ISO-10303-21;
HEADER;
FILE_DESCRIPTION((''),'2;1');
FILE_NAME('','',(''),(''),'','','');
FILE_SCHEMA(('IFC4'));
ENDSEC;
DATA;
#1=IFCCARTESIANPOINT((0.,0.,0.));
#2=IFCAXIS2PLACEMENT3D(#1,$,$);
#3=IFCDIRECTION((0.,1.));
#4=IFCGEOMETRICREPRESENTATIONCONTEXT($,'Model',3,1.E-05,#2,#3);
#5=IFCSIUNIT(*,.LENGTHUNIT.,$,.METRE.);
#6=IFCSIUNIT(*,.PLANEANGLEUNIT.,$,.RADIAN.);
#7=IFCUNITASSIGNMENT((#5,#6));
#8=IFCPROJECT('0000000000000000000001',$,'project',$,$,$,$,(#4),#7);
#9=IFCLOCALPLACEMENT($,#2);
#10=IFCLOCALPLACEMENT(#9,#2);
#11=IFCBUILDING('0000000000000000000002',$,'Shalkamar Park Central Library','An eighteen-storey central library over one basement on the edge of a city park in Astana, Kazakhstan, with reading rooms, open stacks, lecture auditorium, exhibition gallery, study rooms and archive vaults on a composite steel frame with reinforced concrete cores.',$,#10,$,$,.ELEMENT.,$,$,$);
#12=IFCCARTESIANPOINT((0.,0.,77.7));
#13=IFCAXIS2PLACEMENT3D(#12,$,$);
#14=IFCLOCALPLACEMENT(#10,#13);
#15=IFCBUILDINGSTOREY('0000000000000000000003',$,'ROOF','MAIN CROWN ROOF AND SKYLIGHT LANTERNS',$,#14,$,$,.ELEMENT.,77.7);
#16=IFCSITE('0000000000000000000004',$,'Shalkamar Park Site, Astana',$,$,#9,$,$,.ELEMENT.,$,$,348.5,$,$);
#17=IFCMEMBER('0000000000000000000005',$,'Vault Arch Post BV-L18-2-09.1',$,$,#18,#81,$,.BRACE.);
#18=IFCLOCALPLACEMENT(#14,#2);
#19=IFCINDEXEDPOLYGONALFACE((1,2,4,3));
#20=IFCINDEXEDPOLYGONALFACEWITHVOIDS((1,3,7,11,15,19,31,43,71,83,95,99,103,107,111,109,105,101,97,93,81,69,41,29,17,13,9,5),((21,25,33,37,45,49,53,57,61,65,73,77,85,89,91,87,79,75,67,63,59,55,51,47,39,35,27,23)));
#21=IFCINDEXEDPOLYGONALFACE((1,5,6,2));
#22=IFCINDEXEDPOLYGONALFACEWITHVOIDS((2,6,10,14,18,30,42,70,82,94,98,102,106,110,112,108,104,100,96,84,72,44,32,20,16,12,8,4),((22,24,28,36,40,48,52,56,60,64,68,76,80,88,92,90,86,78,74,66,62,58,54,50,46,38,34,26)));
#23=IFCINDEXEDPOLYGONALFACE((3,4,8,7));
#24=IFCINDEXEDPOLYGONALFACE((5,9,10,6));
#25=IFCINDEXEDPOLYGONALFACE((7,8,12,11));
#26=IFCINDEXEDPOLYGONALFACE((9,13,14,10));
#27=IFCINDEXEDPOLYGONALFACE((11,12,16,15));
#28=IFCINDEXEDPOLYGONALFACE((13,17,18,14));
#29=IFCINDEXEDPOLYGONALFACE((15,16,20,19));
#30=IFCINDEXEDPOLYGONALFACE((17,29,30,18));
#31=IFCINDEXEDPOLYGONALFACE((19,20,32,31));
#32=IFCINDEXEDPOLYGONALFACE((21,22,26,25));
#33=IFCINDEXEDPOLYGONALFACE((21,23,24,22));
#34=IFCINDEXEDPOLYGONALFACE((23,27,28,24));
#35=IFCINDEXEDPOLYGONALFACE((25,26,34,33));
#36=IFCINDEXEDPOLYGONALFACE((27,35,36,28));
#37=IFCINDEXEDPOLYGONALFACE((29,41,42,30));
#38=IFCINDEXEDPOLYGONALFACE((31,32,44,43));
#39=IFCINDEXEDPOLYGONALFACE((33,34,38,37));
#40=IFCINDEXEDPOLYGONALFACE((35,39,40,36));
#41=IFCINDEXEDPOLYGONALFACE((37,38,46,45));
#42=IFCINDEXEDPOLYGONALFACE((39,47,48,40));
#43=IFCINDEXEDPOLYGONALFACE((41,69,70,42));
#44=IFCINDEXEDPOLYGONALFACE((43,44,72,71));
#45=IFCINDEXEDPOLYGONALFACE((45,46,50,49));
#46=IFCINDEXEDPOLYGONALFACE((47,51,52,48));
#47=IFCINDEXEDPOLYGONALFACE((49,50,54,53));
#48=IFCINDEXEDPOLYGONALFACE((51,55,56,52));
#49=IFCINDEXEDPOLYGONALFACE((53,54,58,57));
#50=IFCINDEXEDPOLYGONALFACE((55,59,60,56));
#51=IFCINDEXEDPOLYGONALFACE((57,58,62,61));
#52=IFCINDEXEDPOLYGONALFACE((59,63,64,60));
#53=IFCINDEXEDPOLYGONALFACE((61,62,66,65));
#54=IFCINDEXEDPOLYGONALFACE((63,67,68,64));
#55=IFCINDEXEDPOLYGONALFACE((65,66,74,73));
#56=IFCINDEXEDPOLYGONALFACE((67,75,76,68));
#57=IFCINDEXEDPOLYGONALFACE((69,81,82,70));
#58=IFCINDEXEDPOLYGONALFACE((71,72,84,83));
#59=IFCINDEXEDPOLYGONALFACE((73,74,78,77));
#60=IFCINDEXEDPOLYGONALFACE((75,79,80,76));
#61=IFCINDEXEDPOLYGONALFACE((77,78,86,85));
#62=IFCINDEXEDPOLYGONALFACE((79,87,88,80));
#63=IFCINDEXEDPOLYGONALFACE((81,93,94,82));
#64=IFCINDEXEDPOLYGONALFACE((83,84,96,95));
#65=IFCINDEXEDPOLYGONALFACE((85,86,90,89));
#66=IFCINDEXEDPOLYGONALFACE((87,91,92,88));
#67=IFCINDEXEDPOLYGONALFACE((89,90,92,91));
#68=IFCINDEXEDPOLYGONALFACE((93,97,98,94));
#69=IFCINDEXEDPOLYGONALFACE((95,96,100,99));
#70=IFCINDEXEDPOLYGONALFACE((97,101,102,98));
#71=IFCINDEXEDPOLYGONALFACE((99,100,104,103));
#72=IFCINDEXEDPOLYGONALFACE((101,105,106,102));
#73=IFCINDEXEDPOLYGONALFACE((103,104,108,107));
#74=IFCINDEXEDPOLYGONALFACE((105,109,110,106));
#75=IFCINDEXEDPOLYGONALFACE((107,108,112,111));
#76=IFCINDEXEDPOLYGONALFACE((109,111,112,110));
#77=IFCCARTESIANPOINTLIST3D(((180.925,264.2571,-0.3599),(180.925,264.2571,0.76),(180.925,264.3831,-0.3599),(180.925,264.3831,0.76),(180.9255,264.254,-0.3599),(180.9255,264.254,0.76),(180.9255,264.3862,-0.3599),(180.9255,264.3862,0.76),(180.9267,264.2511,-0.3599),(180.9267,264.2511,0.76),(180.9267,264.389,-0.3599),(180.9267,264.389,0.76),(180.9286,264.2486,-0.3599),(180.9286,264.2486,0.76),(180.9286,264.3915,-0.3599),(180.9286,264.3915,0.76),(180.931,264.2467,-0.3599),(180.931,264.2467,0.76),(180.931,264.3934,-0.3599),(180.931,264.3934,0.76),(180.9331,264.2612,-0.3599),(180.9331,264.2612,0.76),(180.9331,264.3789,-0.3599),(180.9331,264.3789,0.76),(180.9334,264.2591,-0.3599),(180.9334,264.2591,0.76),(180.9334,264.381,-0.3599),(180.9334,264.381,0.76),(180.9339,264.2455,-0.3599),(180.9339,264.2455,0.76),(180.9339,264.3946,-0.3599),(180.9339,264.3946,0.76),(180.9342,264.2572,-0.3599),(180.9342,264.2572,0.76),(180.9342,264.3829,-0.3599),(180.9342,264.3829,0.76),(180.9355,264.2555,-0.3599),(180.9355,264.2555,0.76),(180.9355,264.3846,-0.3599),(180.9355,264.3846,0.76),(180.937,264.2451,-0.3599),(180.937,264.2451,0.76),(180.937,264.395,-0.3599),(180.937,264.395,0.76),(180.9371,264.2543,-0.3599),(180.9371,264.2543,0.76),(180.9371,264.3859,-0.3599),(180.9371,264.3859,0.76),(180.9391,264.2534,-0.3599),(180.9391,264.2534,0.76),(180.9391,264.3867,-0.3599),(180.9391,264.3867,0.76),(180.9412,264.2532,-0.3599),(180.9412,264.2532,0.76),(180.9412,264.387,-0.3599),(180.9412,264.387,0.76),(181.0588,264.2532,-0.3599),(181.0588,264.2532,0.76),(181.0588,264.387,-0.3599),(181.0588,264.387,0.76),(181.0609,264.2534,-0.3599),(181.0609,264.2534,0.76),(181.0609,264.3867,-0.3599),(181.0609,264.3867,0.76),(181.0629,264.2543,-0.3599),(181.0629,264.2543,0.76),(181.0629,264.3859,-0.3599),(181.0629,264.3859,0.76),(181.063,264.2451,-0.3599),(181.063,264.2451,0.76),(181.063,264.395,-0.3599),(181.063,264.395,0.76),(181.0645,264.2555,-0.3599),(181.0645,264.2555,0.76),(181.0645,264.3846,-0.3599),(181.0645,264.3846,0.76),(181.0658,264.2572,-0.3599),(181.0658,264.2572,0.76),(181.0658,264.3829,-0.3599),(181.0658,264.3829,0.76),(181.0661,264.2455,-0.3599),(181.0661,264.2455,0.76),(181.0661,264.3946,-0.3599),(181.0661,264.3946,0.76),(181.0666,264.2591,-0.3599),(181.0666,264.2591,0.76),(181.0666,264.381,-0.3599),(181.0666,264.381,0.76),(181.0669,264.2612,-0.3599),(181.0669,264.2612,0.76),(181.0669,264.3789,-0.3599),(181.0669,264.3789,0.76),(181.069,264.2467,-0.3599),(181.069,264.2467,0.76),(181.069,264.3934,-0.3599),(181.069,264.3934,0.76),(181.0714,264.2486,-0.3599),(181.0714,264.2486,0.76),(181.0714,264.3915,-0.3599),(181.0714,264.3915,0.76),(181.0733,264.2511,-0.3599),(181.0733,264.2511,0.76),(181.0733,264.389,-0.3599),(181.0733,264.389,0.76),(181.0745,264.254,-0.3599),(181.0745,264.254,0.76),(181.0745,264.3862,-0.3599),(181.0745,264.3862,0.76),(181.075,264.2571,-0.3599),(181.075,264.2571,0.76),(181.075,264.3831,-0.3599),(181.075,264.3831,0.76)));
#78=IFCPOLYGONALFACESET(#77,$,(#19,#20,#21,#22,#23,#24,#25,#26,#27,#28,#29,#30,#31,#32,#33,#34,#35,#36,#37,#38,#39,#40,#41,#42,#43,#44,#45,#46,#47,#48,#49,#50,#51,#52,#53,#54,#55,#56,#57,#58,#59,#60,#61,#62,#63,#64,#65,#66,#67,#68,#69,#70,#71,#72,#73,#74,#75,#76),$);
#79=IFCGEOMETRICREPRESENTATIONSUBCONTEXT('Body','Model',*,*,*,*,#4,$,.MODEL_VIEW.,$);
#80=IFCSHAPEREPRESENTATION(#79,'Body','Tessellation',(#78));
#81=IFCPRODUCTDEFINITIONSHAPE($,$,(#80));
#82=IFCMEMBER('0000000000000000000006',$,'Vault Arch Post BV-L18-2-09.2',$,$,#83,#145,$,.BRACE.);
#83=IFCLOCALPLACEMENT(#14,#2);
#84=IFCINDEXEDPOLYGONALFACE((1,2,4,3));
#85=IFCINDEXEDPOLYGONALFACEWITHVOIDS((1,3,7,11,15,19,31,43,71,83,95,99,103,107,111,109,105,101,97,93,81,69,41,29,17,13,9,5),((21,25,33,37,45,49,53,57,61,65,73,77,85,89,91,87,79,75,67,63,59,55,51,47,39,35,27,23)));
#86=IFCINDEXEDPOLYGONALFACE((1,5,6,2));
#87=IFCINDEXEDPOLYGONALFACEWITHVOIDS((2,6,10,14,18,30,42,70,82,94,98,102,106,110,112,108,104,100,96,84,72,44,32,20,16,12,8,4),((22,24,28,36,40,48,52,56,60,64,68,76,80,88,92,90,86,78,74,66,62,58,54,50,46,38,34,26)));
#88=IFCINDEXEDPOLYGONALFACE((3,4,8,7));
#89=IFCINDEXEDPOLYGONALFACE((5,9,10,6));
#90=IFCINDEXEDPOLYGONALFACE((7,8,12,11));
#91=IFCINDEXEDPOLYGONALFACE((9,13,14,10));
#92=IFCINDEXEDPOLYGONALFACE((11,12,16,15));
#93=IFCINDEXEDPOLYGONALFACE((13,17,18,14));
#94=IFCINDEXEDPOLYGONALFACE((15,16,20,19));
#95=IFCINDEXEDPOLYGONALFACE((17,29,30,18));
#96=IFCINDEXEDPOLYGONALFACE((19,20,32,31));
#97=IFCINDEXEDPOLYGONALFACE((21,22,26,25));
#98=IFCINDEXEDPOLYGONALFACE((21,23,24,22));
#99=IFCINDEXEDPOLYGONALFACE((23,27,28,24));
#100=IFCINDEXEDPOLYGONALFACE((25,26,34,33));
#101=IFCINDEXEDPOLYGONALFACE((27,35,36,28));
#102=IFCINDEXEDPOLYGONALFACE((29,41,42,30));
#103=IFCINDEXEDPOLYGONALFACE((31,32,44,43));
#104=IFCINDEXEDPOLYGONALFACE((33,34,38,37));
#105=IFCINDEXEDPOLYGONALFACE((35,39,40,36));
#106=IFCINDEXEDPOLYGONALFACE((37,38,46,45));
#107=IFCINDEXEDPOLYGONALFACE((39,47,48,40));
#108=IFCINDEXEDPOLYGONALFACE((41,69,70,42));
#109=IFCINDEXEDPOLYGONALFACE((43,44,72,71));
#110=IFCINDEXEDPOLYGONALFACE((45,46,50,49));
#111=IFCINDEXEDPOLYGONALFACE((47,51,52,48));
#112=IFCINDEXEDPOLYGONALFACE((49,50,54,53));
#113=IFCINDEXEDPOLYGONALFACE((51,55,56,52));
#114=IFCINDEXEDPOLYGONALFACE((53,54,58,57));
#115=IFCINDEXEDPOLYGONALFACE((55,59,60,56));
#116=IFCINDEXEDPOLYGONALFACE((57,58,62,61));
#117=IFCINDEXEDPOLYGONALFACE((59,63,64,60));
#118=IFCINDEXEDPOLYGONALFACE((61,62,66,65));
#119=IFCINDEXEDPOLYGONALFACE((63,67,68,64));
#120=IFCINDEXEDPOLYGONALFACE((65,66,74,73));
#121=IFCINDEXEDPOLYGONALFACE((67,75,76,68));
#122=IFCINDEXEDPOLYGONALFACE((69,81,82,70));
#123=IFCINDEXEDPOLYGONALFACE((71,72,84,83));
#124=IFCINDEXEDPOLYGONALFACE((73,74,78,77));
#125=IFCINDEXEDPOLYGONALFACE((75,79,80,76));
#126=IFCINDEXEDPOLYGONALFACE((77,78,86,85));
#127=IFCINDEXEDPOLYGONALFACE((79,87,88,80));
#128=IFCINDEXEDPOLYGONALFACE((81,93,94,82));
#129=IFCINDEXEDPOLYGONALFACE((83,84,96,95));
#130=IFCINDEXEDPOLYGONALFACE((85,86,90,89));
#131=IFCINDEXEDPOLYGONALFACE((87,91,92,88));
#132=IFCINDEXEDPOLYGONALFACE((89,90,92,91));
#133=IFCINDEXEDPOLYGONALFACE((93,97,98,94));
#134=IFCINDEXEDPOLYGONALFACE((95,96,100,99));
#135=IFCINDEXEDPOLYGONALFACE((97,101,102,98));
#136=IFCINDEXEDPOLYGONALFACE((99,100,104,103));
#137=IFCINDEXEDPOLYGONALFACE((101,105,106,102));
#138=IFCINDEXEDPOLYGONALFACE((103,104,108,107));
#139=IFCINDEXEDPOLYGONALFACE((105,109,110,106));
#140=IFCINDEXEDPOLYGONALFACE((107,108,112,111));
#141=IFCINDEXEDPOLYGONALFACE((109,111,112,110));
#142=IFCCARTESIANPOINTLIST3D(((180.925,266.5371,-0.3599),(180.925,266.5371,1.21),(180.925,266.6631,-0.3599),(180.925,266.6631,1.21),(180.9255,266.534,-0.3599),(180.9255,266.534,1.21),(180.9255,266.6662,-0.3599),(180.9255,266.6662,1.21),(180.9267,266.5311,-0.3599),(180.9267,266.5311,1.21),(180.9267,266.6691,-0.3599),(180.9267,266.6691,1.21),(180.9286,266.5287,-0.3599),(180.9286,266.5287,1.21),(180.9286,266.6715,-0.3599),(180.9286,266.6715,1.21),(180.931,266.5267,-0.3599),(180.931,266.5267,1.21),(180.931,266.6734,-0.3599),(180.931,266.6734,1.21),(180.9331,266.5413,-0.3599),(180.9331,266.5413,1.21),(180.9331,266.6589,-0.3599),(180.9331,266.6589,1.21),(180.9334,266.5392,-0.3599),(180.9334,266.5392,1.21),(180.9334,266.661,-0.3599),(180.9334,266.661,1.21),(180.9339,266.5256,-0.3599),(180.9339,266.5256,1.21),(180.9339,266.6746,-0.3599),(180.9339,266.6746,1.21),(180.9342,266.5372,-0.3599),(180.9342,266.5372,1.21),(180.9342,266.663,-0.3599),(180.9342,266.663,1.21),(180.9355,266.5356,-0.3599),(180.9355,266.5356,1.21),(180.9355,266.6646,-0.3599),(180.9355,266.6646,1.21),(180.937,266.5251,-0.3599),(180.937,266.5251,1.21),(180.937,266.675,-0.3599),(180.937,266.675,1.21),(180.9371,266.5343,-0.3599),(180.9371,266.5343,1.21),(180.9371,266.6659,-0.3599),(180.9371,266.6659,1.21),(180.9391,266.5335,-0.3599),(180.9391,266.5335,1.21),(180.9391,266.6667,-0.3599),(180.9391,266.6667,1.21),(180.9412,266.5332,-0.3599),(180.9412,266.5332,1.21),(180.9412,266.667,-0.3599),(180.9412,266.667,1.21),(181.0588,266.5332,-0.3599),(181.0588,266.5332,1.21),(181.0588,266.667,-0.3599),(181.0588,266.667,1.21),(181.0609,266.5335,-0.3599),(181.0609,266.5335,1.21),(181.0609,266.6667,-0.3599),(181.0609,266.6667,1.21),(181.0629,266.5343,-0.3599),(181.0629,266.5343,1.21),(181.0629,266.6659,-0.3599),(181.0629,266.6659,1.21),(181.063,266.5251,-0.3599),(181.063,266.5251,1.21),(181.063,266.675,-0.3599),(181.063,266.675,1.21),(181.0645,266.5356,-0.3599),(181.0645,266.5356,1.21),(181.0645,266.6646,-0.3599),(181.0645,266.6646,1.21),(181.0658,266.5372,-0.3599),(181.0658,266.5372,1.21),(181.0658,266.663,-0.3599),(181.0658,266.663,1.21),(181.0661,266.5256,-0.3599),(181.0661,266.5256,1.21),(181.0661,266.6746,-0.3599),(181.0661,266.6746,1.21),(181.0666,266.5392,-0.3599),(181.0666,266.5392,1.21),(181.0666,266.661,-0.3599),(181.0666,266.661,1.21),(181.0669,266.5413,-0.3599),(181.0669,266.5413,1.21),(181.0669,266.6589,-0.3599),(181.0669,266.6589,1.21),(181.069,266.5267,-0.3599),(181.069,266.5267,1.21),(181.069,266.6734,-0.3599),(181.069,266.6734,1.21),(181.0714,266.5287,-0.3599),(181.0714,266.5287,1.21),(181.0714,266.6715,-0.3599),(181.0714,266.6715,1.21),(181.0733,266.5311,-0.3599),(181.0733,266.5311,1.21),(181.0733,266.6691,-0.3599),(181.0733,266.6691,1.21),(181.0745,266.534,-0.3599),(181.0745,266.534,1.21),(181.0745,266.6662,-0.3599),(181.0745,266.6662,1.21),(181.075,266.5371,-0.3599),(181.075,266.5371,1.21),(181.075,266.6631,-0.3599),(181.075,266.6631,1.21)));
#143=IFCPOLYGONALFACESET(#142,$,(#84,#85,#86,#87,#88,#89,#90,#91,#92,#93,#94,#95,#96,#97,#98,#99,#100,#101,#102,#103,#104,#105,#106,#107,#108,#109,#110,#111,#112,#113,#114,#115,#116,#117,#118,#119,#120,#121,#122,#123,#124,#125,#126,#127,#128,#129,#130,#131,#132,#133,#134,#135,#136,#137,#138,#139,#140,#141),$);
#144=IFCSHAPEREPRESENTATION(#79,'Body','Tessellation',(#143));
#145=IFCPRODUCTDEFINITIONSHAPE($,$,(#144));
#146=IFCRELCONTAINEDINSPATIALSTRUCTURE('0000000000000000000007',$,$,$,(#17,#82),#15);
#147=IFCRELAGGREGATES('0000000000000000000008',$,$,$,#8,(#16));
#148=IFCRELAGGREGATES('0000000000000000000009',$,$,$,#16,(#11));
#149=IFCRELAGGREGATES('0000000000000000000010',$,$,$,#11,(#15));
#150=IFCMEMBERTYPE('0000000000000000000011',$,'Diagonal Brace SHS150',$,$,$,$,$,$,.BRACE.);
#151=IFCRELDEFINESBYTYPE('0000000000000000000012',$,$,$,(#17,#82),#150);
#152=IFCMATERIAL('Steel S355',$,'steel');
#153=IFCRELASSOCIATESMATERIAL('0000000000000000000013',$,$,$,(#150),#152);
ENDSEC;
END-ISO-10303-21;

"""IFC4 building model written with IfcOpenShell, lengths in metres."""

from ifc_helpers import new_model, si_unit, direction, frame, origin, origin_2d, place, context, subcontext, project, spatial, hollow_rectangle, extrude, material, material_profile, profile_set, type_object, element, save


model = new_model("IFC4")

# Units and contexts
model_context = context("Model", 3, precision=1e-05, world=origin(), true_north=direction((0.0, 1.0)))
body_context = subcontext(model_context, "Body", "Model", "MODEL_VIEW")
ifc_project = project(units=[si_unit("LENGTHUNIT", "METRE"), si_unit("PLANEANGLEUNIT", "RADIAN")], contexts=[model_context])

# Site, building, storey
site_placement = place(None, origin())
site = spatial("IfcSite", under=ifc_project, at=site_placement, Name="Shalkamar Park Site, Astana", CompositionType="ELEMENT", RefElevation=348.5)
building_placement = place(site_placement, origin())
building = spatial("IfcBuilding", under=site, at=building_placement, Name="Shalkamar Park Central Library", Description="An eighteen-storey central library over one basement on the edge of a city park in Astana, Kazakhstan, with reading rooms, open stacks, lecture auditorium, exhibition gallery, study rooms and archive vaults on a composite steel frame with reinforced concrete cores.", CompositionType="ELEMENT")
storey_placement = place(building_placement, frame((0.0, 0.0, 77.7)))
storey = spatial("IfcBuildingStorey", under=building, at=storey_placement, Name="ROOF", Description="MAIN CROWN ROOF AND SKYLIGHT LANTERNS", CompositionType="ELEMENT", Elevation=77.7)

# Members
ifc_material_1 = material(Name="Steel S355", Category="steel")
ifc_material_profile_1 = material_profile(ifc_material_1, hollow_rectangle(XDim=0.1499, YDim=0.1499, WallThickness=0.0081, InnerFilletRadius=0.0081, OuterFilletRadius=0.012, at=origin_2d()), Name="SHS 150x150x8")
ifc_profile_set_1 = profile_set([ifc_material_profile_1], Name="Steel S355")
member_type_1 = type_object("IfcMemberType", Name="Diagonal Brace SHS150", PredefinedType="BRACE", material=ifc_profile_set_1)
member_1_placement = place(storey_placement, frame((181.0, 264.3201, -0.3599), z_axis=(0.0, 0.0, 1.0), x_axis=(1.0, 0.0, 0.0)))
element("IfcMember", 1, at=member_1_placement, inside=storey, type_object=member_type_1, Name="Vault Arch Post BV-L18-2-09.1", PredefinedType="BRACE", context=body_context, shape_type="SweptSolid", body=[
    extrude(hollow_rectangle(XDim=0.1499, YDim=0.1499, WallThickness=0.0081, InnerFilletRadius=0.0081, OuterFilletRadius=0.012, at=origin_2d()), origin(), (0.0, 0.0, 1.0), 1.1199),
])
member_2_placement = place(storey_placement, frame((181.0, 266.6001, -0.3599), z_axis=(0.0, 0.0, 1.0), x_axis=(1.0, 0.0, 0.0)))
element("IfcMember", 2, at=member_2_placement, inside=storey, type_object=member_type_1, Name="Vault Arch Post BV-L18-2-09.2", PredefinedType="BRACE", context=body_context, shape_type="SweptSolid", body=[
    extrude(hollow_rectangle(XDim=0.1499, YDim=0.1499, WallThickness=0.0081, InnerFilletRadius=0.0081, OuterFilletRadius=0.012, at=origin_2d()), origin(), (0.0, 0.0, 1.0), 1.5698),
])

save(model, "model.ifc")
